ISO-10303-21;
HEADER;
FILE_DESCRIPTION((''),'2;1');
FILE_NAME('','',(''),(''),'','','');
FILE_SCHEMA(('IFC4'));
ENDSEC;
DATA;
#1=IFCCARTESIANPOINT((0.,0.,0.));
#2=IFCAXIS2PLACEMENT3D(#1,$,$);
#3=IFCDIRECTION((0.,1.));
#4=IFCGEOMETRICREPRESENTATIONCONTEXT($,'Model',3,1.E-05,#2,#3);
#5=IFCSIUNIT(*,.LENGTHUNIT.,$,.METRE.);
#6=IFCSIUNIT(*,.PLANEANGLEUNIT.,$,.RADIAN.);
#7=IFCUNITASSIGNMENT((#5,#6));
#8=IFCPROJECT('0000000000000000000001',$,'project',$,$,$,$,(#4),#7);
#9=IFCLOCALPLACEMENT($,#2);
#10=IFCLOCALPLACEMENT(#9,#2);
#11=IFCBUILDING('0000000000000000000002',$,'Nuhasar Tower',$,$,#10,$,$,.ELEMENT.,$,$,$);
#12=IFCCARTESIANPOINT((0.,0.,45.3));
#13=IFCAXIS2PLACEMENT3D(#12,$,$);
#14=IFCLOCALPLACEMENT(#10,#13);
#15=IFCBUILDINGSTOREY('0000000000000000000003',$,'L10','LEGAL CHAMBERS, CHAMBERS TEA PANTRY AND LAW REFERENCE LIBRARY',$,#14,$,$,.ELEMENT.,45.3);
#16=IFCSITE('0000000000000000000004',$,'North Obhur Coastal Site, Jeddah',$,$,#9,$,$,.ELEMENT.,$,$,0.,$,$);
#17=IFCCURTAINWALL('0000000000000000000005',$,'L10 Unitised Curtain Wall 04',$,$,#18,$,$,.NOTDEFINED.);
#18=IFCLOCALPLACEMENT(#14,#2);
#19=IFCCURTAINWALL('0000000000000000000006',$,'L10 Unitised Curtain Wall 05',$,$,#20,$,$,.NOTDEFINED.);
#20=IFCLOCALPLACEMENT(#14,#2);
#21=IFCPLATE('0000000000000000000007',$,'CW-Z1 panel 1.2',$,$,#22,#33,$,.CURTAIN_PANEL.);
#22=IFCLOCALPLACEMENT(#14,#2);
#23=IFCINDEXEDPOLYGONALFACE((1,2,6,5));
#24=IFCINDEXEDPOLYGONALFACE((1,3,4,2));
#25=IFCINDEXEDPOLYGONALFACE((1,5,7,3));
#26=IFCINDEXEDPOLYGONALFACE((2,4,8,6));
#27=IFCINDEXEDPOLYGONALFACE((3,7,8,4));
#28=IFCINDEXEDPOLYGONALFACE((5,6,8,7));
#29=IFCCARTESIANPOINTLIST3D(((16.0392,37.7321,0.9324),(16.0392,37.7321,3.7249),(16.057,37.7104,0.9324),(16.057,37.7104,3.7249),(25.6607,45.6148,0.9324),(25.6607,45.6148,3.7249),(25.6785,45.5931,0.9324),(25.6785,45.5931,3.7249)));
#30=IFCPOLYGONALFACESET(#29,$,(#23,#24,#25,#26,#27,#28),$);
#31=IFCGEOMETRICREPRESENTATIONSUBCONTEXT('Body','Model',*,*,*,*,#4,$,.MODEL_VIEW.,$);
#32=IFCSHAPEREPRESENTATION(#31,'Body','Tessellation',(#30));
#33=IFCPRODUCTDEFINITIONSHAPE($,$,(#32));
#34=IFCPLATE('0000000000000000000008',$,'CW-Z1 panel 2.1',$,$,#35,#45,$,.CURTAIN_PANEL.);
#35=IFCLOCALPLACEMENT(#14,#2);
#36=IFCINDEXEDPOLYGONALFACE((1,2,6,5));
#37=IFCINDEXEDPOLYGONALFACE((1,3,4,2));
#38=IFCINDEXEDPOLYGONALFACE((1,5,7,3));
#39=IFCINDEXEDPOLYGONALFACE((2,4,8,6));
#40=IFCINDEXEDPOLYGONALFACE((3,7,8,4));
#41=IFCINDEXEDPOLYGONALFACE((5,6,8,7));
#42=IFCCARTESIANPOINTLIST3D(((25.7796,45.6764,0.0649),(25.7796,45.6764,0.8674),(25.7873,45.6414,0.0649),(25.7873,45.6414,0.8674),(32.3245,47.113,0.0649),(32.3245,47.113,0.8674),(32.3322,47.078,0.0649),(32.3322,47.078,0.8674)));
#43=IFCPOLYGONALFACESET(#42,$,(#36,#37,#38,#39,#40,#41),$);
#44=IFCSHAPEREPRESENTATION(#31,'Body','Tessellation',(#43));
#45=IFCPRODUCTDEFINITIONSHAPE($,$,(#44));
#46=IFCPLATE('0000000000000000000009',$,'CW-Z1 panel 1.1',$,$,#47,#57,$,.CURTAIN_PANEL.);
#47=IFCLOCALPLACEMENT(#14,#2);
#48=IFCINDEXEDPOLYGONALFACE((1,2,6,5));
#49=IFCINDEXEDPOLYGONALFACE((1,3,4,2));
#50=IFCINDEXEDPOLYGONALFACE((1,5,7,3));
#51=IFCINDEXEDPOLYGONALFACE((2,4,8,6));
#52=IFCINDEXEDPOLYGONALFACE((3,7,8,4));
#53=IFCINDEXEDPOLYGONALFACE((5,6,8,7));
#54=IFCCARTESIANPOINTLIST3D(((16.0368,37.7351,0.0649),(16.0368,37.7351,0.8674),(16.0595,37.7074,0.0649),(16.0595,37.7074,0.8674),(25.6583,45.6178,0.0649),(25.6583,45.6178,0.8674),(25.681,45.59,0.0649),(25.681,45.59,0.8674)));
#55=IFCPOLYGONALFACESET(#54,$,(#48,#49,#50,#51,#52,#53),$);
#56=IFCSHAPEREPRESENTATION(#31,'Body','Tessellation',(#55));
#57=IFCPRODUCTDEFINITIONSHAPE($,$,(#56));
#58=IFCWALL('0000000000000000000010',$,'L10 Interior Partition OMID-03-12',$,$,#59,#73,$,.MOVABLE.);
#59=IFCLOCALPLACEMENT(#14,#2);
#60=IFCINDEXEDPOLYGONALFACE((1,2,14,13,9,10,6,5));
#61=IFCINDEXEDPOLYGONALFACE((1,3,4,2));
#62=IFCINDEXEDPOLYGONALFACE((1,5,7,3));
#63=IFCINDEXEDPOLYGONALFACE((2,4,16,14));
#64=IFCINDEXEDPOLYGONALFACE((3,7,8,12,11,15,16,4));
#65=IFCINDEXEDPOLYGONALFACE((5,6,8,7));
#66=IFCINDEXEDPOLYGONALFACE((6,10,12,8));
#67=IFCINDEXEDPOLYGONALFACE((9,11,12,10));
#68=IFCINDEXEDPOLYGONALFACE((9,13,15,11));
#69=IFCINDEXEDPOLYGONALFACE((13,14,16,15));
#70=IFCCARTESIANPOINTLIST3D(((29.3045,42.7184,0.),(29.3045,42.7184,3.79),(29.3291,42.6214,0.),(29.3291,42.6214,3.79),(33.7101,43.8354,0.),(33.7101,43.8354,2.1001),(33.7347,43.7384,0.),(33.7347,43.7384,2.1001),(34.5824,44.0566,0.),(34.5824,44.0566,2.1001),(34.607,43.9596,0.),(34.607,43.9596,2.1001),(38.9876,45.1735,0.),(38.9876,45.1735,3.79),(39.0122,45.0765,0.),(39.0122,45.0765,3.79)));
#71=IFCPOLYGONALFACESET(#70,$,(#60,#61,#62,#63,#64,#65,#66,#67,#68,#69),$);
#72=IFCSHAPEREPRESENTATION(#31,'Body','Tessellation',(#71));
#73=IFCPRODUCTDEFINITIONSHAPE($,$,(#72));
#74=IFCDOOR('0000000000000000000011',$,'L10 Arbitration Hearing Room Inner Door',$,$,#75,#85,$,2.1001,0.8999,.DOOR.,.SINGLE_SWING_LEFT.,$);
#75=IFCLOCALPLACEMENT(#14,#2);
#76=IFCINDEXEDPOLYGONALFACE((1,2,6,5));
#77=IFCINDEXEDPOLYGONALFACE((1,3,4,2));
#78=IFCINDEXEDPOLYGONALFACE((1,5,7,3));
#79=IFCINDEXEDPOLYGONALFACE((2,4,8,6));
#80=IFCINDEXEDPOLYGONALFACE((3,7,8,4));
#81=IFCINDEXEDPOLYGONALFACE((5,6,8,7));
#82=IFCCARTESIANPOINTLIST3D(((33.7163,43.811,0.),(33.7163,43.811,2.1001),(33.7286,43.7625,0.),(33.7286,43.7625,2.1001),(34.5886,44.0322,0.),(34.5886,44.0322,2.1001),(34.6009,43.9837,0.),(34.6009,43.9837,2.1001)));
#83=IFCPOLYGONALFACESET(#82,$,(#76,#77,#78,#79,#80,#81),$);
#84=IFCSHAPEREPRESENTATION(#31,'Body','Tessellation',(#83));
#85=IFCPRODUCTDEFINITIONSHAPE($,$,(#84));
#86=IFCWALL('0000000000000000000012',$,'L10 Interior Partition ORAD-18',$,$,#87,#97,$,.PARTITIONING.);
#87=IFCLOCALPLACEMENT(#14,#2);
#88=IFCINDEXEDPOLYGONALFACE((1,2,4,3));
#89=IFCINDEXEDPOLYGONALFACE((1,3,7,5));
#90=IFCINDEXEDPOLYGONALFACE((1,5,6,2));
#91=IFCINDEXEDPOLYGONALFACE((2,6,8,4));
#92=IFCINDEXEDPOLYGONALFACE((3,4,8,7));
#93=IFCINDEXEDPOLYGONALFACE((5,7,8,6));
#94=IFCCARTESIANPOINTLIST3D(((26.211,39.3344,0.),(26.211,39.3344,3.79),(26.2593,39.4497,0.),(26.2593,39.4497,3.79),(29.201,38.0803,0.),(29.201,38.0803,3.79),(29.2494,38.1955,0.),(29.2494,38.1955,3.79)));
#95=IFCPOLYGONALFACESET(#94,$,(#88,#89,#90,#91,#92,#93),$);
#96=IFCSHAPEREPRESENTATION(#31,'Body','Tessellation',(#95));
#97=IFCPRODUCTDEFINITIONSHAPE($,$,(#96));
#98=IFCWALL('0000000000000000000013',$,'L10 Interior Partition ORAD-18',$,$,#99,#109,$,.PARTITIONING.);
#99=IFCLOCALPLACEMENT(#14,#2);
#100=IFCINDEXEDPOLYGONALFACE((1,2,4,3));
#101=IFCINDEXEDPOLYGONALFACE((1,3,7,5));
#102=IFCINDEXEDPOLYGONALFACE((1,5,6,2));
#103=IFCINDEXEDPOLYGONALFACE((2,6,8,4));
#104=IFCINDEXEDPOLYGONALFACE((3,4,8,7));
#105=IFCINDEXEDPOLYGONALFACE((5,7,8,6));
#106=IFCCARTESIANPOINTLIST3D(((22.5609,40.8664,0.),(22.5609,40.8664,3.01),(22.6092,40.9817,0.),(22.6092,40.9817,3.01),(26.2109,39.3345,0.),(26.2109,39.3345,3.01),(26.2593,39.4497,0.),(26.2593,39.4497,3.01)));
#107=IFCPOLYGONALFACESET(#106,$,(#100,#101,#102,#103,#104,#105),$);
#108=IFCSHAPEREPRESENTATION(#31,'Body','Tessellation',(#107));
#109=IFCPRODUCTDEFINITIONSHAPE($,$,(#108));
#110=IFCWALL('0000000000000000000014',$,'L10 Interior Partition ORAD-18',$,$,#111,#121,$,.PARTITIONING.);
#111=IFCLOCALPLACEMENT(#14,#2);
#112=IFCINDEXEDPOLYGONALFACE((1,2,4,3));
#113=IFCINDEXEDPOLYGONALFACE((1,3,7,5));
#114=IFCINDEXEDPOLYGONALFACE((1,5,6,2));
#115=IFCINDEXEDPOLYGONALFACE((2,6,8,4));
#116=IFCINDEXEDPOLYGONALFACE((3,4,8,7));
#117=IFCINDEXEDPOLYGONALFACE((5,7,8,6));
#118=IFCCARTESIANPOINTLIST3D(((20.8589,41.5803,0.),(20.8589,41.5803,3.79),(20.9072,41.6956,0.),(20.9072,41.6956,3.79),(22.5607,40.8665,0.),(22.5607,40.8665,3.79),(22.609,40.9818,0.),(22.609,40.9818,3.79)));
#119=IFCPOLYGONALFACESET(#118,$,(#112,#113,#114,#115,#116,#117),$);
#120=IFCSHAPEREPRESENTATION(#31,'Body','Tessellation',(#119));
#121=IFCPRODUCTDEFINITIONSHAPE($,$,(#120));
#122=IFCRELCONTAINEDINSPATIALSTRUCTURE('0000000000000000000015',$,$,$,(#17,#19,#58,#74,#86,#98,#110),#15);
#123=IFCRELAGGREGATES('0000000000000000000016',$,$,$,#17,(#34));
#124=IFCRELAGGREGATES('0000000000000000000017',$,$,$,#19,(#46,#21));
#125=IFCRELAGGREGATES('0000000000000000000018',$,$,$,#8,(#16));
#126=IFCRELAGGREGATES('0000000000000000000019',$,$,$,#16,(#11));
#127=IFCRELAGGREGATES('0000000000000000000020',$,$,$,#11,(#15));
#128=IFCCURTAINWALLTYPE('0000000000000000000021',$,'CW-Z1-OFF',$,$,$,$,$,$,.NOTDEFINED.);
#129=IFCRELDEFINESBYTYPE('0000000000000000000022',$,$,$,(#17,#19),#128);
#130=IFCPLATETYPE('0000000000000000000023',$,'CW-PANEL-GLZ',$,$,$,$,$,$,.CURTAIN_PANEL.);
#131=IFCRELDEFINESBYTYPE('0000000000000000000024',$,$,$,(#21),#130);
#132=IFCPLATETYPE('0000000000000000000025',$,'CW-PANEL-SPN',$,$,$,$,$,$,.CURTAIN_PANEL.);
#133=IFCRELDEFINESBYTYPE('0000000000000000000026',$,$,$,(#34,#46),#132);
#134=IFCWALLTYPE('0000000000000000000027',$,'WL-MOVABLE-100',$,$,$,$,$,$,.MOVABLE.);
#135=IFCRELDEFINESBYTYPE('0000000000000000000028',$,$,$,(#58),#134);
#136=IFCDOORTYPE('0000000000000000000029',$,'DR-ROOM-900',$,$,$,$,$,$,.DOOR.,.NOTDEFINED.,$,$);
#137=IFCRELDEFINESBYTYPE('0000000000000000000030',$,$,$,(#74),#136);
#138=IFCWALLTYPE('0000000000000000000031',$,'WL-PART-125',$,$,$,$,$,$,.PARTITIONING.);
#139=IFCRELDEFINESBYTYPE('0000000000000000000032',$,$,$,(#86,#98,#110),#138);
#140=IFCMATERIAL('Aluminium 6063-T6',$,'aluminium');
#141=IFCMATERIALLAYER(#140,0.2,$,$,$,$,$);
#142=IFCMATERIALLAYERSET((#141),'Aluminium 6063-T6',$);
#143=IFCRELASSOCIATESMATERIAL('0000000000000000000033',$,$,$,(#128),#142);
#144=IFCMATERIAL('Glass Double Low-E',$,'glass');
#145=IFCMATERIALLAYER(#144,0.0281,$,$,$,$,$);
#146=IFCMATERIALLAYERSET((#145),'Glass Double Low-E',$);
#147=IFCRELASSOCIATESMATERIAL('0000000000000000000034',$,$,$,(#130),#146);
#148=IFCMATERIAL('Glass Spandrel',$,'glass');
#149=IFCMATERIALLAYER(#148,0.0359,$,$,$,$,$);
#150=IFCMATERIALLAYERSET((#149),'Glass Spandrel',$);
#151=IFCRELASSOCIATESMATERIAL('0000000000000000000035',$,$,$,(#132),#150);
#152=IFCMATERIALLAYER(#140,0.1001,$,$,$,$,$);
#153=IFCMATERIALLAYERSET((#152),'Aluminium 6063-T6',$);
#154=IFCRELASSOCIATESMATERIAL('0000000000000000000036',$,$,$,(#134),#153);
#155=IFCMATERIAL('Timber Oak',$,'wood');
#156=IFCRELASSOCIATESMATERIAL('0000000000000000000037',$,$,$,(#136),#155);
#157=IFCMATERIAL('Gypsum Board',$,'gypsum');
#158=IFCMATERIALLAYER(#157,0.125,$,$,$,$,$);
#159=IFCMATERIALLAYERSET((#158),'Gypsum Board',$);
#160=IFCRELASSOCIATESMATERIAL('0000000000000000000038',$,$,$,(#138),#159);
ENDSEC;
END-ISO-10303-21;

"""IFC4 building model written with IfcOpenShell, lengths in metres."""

from ifc_helpers import new_model, si_unit, direction, frame, frame_2d, origin, origin_2d, place, context, subcontext, project, spatial, rectangle, extrude, material, layer, layer_set, type_object, element, fill, aggregate, save


model = new_model("IFC4")

# Units and contexts
model_context = context("Model", 3, precision=1e-05, world=origin(), true_north=direction((0.0, 1.0)))
body_context = subcontext(model_context, "Body", "Model", "MODEL_VIEW")
ifc_project = project(units=[si_unit("LENGTHUNIT", "METRE"), si_unit("PLANEANGLEUNIT", "RADIAN")], contexts=[model_context])

# Site, building, storey
site_placement = place(None, origin())
site = spatial("IfcSite", under=ifc_project, at=site_placement, Name="North Obhur Coastal Site, Jeddah", CompositionType="ELEMENT", RefElevation=0.0)
building_placement = place(site_placement, origin())
building = spatial("IfcBuilding", under=site, at=building_placement, Name="Nuhasar Tower", CompositionType="ELEMENT")
storey_placement = place(building_placement, frame((0.0, 0.0, 45.3)))
storey = spatial("IfcBuildingStorey", under=building, at=storey_placement, Name="L10", Description="LEGAL CHAMBERS, CHAMBERS TEA PANTRY AND LAW REFERENCE LIBRARY", CompositionType="ELEMENT", Elevation=45.3)

# Curtain wall
ifc_material_1 = material(Name="Aluminium 6063-T6", Category="aluminium")
ifc_layer_1 = layer(ifc_material_1, 0.2)
ifc_layer_set_1 = layer_set([ifc_layer_1], Name="Aluminium 6063-T6")
curtain_wall_type = type_object("IfcCurtainWallType", Name="CW-Z1-OFF", PredefinedType="NOTDEFINED", material=ifc_layer_set_1)
curtain_wall_1_placement = place(storey_placement, origin())
curtain_wall_1 = element("IfcCurtainWall", 1, at=curtain_wall_1_placement, inside=storey, type_object=curtain_wall_type, Name="L10 Unitised Curtain Wall 04", PredefinedType="NOTDEFINED")

# Curtain wall
curtain_wall_2_placement = place(storey_placement, origin())
curtain_wall_2 = element("IfcCurtainWall", 2, at=curtain_wall_2_placement, inside=storey, type_object=curtain_wall_type, Name="L10 Unitised Curtain Wall 05", PredefinedType="NOTDEFINED")

# Plates
ifc_material_2 = material(Name="Glass Double Low-E", Category="glass")
ifc_layer_2 = layer(ifc_material_2, 0.0281)
ifc_layer_set_2 = layer_set([ifc_layer_2], Name="Glass Double Low-E")
plate_type_1 = type_object("IfcPlateType", Name="CW-PANEL-GLZ", PredefinedType="CURTAIN_PANEL", material=ifc_layer_set_2)
plate_1_placement = place(storey_placement, frame((20.8589, 41.6626, 0.9324), z_axis=(0.0, 0.0, 1.0), x_axis=(-0.773542, -0.633745, 0.0)))
plate_1 = element("IfcPlate", 3, at=plate_1_placement, type_object=plate_type_1, Name="CW-Z1 panel 1.2", PredefinedType="CURTAIN_PANEL", context=body_context, shape_type="SweptSolid", body=[
    extrude(rectangle(XDim=12.4382, YDim=0.0281, at=origin_2d()), origin(), (0.0, 0.0, 1.0), 2.7925),
])
ifc_material_3 = material(Name="Glass Spandrel", Category="glass")
ifc_layer_3 = layer(ifc_material_3, 0.0359)
ifc_layer_set_3 = layer_set([ifc_layer_3], Name="Glass Spandrel")
plate_type_2 = type_object("IfcPlateType", Name="CW-PANEL-SPN", PredefinedType="CURTAIN_PANEL", material=ifc_layer_set_3)
plate_2_placement = place(storey_placement, frame((29.0559, 46.3772, 0.0649), z_axis=(0.0, 0.0, 1.0), x_axis=(-0.976746, -0.214399, 0.0)))
plate_2 = element("IfcPlate", 4, at=plate_2_placement, type_object=plate_type_2, Name="CW-Z1 panel 2.1", PredefinedType="CURTAIN_PANEL", context=body_context, shape_type="SweptSolid", body=[
    extrude(rectangle(XDim=6.7007, YDim=0.0359, at=origin_2d()), origin(), (0.0, 0.0, 1.0), 0.8025),
])
aggregate(curtain_wall_1, [plate_2])
plate_3_placement = place(storey_placement, frame((20.8589, 41.6626, 0.0649), z_axis=(0.0, 0.0, 1.0), x_axis=(-0.773542, -0.633745, 0.0)))
plate_3 = element("IfcPlate", 5, at=plate_3_placement, type_object=plate_type_2, Name="CW-Z1 panel 1.1", PredefinedType="CURTAIN_PANEL", context=body_context, shape_type="SweptSolid", body=[
    extrude(rectangle(XDim=12.4382, YDim=0.0359, at=origin_2d()), origin(), (0.0, 0.0, 1.0), 0.8025),
])
aggregate(curtain_wall_2, [plate_3, plate_1])

# Wall, opening, door
ifc_layer_4 = layer(ifc_material_1, 0.1001)
ifc_layer_set_4 = layer_set([ifc_layer_4], Name="Aluminium 6063-T6")
wall_type_1 = type_object("IfcWallType", Name="WL-MOVABLE-100", PredefinedType="MOVABLE", material=ifc_layer_set_4)
wall_1_placement = place(storey_placement, frame((29.3169, 42.6699, 0.0), z_axis=(0.0, 0.0, 1.0), x_axis=(0.969329, 0.245766, 0.0)))
wall_1 = element("IfcWall", 6, at=wall_1_placement, inside=storey, type_object=wall_type_1, Name="L10 Interior Partition OMID-03-12", PredefinedType="MOVABLE", context=body_context, shape_type="SweptSolid", body=[
    extrude(rectangle(XDim=9.9895, YDim=0.1001, at=frame_2d((4.9946, 0.0))), origin(), (0.0, 0.0, 1.0), 3.79),
])
opening_placement = place(wall_1_placement, frame((4.5449, 0.0, 0.0)))
opening = element("IfcOpeningElement", 7, at=opening_placement, cuts=wall_1, PredefinedType="OPENING", context=body_context, shape_type="SweptSolid", body=[
    extrude(rectangle(XDim=0.8999, YDim=2.1001, at=frame_2d((0.45, 1.05))), frame((0.0, 0.0601, 0.0), z_axis=(0.0, -1.0, 0.0), x_axis=(1.0, 0.0, 0.0)), (0.0, 0.0, 1.0), 0.1201),
])
ifc_material_4 = material(Name="Timber Oak", Category="wood")
door_type = type_object("IfcDoorType", Name="DR-ROOM-900", OperationType="NOTDEFINED", PredefinedType="DOOR", material=ifc_material_4)
door_placement = place(opening_placement, origin())
door = element("IfcDoor", 8, at=door_placement, inside=storey, type_object=door_type, Name="L10 Arbitration Hearing Room Inner Door", OperationType="SINGLE_SWING_LEFT", OverallHeight=2.1001, OverallWidth=0.8999, PredefinedType="DOOR", context=body_context, shape_type="SweptSolid", body=[
    extrude(rectangle(XDim=0.8999, YDim=2.1001, at=frame_2d((0.45, 1.05))), frame((0.0, 0.0249, 0.0), z_axis=(0.0, -1.0, 0.0), x_axis=(1.0, 0.0, 0.0)), (0.0, 0.0, 1.0), 0.05),
])
fill(opening, door)

# Walls
ifc_material_5 = material(Name="Gypsum Board", Category="gypsum")
ifc_layer_5 = layer(ifc_material_5, 0.125)
ifc_layer_set_5 = layer_set([ifc_layer_5], Name="Gypsum Board")
wall_type_2 = type_object("IfcWallType", Name="WL-PART-125", PredefinedType="PARTITIONING", material=ifc_layer_set_5)
wall_2_placement = place(storey_placement, frame((29.2251, 38.1379, 0.0), z_axis=(0.0, 0.0, 1.0), x_axis=(-0.922163, 0.386801, 0.0)))
element("IfcWall", 9, at=wall_2_placement, inside=storey, type_object=wall_type_2, Name="L10 Interior Partition ORAD-18", PredefinedType="PARTITIONING", context=body_context, shape_type="SweptSolid", body=[
    extrude(rectangle(XDim=3.2424, YDim=0.125, at=frame_2d((1.6211, 0.0))), origin(), (0.0, 0.0, 1.0), 3.79),
])
wall_3_placement = place(storey_placement, frame((26.2351, 39.3921, 0.0), z_axis=(0.0, 0.0, 1.0), x_axis=(-0.922079, 0.387001, 0.0)))
element("IfcWall", 10, at=wall_3_placement, inside=storey, type_object=wall_type_2, Name="L10 Interior Partition ORAD-18", PredefinedType="PARTITIONING", context=body_context, shape_type="SweptSolid", body=[
    extrude(rectangle(XDim=3.9585, YDim=0.125, at=frame_2d((1.9792, 0.0))), origin(), (0.0, 0.0, 1.0), 3.01),
])
wall_4_placement = place(storey_placement, frame((22.585, 40.9241, 0.0), z_axis=(0.0, 0.0, 1.0), x_axis=(-0.922162, 0.386803, 0.0)))
element("IfcWall", 11, at=wall_4_placement, inside=storey, type_object=wall_type_2, Name="L10 Interior Partition ORAD-18", PredefinedType="PARTITIONING", context=body_context, shape_type="SweptSolid", body=[
    extrude(rectangle(XDim=1.8455, YDim=0.125, at=frame_2d((0.9229, 0.0))), origin(), (0.0, 0.0, 1.0), 3.79),
])

save(model, "model.ifc")
